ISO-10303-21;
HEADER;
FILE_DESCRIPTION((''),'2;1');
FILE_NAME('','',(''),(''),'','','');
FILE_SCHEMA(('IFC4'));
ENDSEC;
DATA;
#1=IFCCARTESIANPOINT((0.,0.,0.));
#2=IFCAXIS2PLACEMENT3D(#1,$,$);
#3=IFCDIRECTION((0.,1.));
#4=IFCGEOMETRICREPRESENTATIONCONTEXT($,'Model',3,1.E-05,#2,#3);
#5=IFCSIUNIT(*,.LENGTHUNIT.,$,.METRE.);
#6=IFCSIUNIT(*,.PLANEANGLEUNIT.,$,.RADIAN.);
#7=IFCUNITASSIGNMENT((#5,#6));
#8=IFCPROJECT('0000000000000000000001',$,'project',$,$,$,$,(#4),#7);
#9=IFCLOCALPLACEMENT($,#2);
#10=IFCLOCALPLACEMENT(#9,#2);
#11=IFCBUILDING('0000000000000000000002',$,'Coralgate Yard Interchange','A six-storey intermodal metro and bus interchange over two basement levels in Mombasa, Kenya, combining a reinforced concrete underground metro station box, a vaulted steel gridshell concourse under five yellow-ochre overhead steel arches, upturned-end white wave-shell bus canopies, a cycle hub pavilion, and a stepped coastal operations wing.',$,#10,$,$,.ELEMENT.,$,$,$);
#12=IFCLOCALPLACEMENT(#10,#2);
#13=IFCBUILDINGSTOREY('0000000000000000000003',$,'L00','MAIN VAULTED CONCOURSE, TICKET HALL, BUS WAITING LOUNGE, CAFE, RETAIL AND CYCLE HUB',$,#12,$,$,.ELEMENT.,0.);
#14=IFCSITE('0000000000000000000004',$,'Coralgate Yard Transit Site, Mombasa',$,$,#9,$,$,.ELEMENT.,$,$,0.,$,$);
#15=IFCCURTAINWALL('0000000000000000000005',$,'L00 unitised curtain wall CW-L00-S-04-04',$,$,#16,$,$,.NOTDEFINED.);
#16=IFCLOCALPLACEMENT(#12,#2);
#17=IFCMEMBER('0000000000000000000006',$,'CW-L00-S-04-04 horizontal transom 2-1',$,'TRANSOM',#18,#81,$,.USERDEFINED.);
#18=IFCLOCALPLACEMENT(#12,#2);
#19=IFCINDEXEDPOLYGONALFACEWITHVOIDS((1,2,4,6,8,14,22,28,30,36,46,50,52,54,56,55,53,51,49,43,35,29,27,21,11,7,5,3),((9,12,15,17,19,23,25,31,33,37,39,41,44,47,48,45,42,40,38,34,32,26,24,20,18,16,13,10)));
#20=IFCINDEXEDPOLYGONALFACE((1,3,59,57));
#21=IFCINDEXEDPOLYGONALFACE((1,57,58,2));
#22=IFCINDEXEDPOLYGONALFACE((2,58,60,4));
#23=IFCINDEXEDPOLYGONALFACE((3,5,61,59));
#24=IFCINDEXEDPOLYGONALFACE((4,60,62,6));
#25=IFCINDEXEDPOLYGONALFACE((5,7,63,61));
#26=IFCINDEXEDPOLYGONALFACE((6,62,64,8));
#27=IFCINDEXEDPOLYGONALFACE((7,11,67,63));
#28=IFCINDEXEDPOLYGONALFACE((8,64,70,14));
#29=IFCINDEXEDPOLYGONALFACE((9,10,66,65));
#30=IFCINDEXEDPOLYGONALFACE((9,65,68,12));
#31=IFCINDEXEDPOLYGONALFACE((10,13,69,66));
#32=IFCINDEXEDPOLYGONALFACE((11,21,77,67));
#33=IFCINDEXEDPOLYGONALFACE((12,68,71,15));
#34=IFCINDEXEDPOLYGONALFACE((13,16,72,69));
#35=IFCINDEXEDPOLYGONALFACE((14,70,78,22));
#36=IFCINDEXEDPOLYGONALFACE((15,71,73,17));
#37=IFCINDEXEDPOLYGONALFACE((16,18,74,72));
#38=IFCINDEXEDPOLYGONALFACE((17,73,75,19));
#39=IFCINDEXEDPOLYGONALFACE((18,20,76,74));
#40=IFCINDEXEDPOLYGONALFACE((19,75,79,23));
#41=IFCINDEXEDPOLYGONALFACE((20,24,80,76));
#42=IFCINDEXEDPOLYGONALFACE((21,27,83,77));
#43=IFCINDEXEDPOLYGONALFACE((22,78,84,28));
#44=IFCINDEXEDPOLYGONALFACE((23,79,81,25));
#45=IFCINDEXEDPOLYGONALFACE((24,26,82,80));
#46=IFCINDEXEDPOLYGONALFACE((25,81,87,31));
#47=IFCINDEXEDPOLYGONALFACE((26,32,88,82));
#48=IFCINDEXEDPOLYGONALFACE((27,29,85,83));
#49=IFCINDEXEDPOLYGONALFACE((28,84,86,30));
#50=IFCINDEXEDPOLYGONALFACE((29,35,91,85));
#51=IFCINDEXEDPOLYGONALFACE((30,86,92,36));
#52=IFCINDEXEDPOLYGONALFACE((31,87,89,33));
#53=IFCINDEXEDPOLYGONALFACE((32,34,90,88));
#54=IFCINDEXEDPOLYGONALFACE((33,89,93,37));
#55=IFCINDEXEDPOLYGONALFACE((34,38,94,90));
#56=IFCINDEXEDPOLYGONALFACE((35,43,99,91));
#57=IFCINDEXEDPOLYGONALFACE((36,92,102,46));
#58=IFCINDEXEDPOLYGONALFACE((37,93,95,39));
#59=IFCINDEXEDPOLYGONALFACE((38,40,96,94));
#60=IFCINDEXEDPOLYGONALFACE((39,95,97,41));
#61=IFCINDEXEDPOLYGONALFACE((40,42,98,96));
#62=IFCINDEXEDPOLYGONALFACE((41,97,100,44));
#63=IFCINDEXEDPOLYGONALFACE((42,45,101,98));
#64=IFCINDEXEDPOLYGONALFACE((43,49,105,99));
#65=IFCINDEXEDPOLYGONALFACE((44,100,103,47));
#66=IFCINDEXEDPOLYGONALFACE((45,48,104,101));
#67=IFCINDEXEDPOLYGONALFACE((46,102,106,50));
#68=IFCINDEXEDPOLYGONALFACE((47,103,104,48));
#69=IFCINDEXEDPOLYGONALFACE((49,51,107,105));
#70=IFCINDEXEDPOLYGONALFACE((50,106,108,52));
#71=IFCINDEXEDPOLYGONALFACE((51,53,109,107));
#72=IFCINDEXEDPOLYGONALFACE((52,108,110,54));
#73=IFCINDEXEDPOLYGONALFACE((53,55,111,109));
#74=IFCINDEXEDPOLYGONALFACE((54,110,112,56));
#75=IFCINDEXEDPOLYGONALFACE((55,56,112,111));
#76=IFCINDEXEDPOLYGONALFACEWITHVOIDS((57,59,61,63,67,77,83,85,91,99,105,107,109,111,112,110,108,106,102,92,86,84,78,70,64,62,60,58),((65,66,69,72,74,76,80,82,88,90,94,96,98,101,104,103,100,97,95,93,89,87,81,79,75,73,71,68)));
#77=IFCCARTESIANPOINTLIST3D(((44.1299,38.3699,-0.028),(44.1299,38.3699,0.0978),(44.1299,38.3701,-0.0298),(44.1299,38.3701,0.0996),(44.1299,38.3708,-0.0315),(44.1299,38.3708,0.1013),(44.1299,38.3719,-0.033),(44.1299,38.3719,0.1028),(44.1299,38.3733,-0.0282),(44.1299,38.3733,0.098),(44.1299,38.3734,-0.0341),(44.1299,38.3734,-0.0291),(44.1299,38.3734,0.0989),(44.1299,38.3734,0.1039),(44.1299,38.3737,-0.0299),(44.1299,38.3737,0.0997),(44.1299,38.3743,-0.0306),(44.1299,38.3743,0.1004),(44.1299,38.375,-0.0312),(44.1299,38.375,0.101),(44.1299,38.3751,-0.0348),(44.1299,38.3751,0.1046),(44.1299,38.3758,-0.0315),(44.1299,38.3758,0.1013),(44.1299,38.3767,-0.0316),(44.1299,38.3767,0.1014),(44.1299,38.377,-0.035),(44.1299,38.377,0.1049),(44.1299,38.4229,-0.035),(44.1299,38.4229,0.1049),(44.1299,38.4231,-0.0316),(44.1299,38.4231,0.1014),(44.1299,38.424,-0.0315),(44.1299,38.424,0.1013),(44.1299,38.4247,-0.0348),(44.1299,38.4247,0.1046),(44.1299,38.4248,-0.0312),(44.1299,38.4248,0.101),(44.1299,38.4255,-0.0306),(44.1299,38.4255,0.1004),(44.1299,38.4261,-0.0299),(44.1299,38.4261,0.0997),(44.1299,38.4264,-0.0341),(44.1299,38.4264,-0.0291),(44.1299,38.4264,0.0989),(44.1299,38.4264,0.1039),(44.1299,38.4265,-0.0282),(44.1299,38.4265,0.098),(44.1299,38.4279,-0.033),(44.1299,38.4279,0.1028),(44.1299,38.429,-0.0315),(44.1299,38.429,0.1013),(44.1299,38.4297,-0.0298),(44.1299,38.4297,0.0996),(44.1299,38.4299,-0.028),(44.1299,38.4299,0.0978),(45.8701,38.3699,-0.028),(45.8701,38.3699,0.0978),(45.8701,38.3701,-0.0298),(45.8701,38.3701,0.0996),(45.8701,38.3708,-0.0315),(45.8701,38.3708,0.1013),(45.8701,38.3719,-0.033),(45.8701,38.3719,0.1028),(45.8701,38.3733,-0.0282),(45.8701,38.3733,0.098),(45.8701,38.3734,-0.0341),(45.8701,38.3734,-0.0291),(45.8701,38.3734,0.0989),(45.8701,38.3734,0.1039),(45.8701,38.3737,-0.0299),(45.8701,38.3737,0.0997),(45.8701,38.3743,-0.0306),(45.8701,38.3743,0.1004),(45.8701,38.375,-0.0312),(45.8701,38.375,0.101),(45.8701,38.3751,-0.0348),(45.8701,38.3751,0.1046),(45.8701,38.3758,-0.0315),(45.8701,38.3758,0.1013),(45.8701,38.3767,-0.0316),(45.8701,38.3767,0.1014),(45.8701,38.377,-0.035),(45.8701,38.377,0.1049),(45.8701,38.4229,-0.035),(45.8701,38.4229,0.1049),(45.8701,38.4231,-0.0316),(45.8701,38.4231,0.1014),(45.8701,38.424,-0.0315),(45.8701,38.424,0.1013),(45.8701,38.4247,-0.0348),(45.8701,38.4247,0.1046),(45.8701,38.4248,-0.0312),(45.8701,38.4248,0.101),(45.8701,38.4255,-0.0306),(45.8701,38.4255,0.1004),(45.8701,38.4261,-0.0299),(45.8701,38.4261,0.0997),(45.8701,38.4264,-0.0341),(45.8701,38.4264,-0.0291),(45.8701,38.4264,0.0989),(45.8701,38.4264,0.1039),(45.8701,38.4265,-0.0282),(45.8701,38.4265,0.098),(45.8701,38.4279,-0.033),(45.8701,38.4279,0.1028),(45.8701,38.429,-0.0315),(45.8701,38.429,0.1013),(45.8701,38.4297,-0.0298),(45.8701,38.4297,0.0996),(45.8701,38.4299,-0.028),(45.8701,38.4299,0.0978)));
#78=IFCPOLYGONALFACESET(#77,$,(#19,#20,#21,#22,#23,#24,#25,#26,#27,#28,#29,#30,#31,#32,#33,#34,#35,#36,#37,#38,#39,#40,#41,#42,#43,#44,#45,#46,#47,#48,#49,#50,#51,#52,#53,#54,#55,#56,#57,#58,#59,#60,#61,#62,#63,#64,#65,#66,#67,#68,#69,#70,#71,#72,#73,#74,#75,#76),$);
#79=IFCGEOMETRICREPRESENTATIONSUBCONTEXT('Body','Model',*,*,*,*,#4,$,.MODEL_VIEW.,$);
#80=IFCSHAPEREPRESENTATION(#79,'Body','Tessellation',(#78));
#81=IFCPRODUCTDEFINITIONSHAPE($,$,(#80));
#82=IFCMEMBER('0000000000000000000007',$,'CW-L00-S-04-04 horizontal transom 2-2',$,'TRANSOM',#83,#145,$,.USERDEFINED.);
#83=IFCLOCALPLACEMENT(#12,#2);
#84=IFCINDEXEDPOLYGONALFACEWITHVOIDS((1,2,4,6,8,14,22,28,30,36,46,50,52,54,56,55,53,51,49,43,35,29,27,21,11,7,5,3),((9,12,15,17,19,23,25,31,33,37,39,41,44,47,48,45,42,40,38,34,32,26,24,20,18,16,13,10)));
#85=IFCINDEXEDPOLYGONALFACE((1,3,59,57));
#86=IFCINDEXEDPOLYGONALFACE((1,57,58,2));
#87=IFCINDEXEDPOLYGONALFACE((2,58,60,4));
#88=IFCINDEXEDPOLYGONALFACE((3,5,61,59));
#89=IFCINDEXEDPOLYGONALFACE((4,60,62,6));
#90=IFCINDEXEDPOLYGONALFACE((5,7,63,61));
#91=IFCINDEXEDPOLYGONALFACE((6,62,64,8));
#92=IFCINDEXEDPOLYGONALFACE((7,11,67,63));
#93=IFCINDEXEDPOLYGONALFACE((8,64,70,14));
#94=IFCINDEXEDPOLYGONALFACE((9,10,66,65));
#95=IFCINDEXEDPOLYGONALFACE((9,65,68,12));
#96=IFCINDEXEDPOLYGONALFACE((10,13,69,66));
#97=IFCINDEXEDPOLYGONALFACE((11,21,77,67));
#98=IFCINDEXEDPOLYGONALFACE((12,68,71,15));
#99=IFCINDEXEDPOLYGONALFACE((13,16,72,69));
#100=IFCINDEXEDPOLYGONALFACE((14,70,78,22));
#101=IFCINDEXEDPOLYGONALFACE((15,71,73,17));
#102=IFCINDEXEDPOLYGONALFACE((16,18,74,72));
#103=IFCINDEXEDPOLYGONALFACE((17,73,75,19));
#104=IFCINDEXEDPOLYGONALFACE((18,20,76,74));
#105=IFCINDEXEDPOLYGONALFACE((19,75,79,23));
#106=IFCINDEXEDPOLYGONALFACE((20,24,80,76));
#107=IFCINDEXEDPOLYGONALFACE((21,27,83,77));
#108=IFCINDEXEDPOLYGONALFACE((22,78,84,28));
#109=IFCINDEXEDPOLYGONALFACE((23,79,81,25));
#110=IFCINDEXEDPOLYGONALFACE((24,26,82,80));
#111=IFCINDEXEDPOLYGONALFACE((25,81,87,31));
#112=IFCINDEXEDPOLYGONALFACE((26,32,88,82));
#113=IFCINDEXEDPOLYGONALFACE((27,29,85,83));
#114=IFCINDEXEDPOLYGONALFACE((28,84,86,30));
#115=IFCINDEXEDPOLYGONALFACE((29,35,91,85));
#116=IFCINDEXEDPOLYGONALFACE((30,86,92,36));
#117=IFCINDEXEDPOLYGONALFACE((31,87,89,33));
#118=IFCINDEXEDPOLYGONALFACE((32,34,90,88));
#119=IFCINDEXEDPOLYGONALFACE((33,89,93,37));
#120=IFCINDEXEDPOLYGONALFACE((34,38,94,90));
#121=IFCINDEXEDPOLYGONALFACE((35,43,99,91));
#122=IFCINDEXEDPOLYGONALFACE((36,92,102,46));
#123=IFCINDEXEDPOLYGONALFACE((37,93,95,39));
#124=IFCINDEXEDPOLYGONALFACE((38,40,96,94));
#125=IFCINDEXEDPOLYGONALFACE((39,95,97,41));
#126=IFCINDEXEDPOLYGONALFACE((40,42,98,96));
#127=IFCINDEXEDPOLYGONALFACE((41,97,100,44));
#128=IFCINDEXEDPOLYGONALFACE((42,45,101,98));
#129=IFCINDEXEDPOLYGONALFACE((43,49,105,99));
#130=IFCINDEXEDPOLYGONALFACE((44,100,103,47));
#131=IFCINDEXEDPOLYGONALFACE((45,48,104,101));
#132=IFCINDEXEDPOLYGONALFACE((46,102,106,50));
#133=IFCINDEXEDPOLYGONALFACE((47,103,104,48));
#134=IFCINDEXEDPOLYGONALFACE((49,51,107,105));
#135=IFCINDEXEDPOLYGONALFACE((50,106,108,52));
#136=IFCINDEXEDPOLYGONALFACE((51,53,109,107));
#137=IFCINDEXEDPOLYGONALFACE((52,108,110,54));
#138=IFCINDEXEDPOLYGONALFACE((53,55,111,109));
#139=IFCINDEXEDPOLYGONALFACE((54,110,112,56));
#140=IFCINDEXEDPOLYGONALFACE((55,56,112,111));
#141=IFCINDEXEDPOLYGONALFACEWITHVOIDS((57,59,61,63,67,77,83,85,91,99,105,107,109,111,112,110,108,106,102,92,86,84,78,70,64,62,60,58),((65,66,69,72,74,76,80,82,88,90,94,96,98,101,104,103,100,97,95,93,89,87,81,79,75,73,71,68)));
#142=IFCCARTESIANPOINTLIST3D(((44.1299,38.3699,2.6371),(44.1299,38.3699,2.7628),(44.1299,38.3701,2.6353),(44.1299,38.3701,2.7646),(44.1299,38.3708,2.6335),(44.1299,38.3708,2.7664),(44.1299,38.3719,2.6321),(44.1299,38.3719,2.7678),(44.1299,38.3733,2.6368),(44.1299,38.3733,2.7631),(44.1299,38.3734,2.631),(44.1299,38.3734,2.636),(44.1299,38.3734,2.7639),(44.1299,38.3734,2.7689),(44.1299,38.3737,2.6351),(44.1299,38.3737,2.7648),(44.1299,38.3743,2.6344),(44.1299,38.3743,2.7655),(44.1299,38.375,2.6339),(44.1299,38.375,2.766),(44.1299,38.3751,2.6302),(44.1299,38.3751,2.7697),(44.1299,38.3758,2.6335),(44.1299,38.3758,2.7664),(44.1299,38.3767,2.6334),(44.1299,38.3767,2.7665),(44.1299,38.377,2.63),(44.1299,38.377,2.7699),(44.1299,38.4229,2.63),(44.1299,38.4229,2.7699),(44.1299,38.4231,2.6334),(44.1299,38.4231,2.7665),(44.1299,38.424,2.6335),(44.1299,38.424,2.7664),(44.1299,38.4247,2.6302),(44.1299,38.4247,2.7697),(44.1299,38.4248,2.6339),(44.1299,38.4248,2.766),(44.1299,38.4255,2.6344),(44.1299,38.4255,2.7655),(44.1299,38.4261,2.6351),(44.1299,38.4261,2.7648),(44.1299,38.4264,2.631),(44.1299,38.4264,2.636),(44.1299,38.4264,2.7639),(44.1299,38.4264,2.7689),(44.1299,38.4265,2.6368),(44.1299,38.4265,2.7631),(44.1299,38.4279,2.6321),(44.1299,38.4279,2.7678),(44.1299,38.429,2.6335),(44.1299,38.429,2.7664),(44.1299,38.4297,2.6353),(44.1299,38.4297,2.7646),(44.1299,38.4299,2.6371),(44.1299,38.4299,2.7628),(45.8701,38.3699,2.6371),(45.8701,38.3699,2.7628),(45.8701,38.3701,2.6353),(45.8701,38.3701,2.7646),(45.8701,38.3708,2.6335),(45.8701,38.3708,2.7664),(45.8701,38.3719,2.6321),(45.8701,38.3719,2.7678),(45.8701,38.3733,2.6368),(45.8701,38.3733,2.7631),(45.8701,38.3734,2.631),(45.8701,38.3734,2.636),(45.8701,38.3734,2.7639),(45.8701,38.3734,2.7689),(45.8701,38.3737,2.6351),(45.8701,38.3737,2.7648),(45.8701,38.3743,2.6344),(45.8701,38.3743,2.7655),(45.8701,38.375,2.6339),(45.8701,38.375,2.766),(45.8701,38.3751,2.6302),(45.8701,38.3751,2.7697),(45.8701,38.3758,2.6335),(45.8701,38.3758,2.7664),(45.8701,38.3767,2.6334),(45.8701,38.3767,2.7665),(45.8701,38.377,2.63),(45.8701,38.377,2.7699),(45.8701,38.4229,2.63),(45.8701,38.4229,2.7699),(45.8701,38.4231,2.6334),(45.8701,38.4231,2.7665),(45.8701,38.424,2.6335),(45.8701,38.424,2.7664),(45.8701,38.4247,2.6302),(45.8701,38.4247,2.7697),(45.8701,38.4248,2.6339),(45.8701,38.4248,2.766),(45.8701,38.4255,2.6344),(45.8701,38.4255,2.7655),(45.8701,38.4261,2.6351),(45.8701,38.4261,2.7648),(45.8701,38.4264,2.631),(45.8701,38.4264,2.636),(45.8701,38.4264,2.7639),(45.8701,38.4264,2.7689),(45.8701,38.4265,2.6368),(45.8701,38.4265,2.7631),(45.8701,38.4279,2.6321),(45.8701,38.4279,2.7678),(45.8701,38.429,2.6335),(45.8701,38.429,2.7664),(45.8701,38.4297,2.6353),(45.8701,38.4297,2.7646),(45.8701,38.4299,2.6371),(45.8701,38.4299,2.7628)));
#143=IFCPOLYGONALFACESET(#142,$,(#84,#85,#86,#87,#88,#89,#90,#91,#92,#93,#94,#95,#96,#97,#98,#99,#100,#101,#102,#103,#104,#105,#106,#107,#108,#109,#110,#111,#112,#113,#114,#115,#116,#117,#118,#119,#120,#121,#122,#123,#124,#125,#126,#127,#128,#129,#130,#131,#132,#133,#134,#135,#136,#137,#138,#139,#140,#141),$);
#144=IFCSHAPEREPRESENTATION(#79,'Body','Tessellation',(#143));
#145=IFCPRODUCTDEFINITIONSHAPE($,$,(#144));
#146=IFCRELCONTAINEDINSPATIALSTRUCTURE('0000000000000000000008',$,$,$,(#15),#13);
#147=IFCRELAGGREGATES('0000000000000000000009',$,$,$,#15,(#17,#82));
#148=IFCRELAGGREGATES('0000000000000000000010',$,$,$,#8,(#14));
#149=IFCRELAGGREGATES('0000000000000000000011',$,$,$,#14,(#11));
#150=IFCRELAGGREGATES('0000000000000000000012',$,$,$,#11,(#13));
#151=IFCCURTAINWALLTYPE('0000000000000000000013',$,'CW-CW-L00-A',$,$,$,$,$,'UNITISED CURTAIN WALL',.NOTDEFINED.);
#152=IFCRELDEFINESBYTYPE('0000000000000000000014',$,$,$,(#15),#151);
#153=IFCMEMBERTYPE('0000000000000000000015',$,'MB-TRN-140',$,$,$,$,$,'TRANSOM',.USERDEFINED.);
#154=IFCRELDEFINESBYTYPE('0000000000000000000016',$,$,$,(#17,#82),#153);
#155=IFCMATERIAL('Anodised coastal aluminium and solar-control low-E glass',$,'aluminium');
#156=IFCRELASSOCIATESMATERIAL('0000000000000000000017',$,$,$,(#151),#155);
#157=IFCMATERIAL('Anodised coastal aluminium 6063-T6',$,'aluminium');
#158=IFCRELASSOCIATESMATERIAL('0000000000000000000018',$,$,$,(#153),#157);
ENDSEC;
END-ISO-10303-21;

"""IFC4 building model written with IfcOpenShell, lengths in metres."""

from ifc_helpers import new_model, si_unit, direction, frame, origin, origin_2d, place, context, subcontext, project, spatial, hollow_rectangle, extrude, material, material_profile, profile_set, type_object, element, aggregate, save


model = new_model("IFC4")

# Units and contexts
model_context = context("Model", 3, precision=1e-05, world=origin(), true_north=direction((0.0, 1.0)))
body_context = subcontext(model_context, "Body", "Model", "MODEL_VIEW")
ifc_project = project(units=[si_unit("LENGTHUNIT", "METRE"), si_unit("PLANEANGLEUNIT", "RADIAN")], contexts=[model_context])

# Site, building, storey
site_placement = place(None, origin())
site = spatial("IfcSite", under=ifc_project, at=site_placement, Name="Coralgate Yard Transit Site, Mombasa", CompositionType="ELEMENT", RefElevation=0.0)
building_placement = place(site_placement, origin())
building = spatial("IfcBuilding", under=site, at=building_placement, Name="Coralgate Yard Interchange", Description="A six-storey intermodal metro and bus interchange over two basement levels in Mombasa, Kenya, combining a reinforced concrete underground metro station box, a vaulted steel gridshell concourse under five yellow-ochre overhead steel arches, upturned-end white wave-shell bus canopies, a cycle hub pavilion, and a stepped coastal operations wing.", CompositionType="ELEMENT")
storey_placement = place(building_placement, origin())
storey = spatial("IfcBuildingStorey", under=building, at=storey_placement, Name="L00", Description="MAIN VAULTED CONCOURSE, TICKET HALL, BUS WAITING LOUNGE, CAFE, RETAIL AND CYCLE HUB", CompositionType="ELEMENT", Elevation=0.0)

# Curtain wall, members
ifc_material_1 = material(Name="Anodised coastal aluminium and solar-control low-E glass", Category="aluminium")
curtain_wall_type = type_object("IfcCurtainWallType", Name="CW-CW-L00-A", ElementType="UNITISED CURTAIN WALL", PredefinedType="NOTDEFINED", material=ifc_material_1)
curtain_wall_placement = place(storey_placement, origin())
curtain_wall = element("IfcCurtainWall", 1, at=curtain_wall_placement, inside=storey, type_object=curtain_wall_type, Name="L00 unitised curtain wall CW-L00-S-04-04", PredefinedType="NOTDEFINED")
ifc_material_2 = material(Name="Anodised coastal aluminium 6063-T6", Category="aluminium")
ifc_material_profile_1 = material_profile(ifc_material_2, hollow_rectangle(XDim=0.0601, YDim=0.1399, WallThickness=0.0034, InnerFilletRadius=0.0034, OuterFilletRadius=0.0071, at=origin_2d()), Name="ALU 60x140x3.5")
ifc_profile_set_1 = profile_set([ifc_material_profile_1], Name="Anodised coastal aluminium 6063-T6")
member_type_1 = type_object("IfcMemberType", Name="MB-TRN-140", ElementType="TRANSOM", PredefinedType="USERDEFINED", material=ifc_profile_set_1)
member_1_placement = place(storey_placement, frame((45.8701, 38.3999, 0.0349), z_axis=(-1.0, 0.0, 0.0), x_axis=(0.0, -1.0, 0.0)))
member_1 = element("IfcMember", 2, at=member_1_placement, type_object=member_type_1, Name="CW-L00-S-04-04 horizontal transom 2-1", ObjectType="TRANSOM", PredefinedType="USERDEFINED", context=body_context, shape_type="SweptSolid", body=[
    extrude(hollow_rectangle(XDim=0.0601, YDim=0.1399, WallThickness=0.0034, InnerFilletRadius=0.0034, OuterFilletRadius=0.0071, at=origin_2d()), origin(), (0.0, 0.0, 1.0), 1.7402),
])
member_2_placement = place(storey_placement, frame((45.8701, 38.3999, 2.7), z_axis=(-1.0, 0.0, 0.0), x_axis=(0.0, -1.0, 0.0)))
member_2 = element("IfcMember", 3, at=member_2_placement, type_object=member_type_1, Name="CW-L00-S-04-04 horizontal transom 2-2", ObjectType="TRANSOM", PredefinedType="USERDEFINED", context=body_context, shape_type="SweptSolid", body=[
    extrude(hollow_rectangle(XDim=0.0601, YDim=0.1399, WallThickness=0.0034, InnerFilletRadius=0.0034, OuterFilletRadius=0.0071, at=origin_2d()), origin(), (0.0, 0.0, 1.0), 1.7402),
])
aggregate(curtain_wall, [member_1, member_2])

save(model, "model.ifc")
